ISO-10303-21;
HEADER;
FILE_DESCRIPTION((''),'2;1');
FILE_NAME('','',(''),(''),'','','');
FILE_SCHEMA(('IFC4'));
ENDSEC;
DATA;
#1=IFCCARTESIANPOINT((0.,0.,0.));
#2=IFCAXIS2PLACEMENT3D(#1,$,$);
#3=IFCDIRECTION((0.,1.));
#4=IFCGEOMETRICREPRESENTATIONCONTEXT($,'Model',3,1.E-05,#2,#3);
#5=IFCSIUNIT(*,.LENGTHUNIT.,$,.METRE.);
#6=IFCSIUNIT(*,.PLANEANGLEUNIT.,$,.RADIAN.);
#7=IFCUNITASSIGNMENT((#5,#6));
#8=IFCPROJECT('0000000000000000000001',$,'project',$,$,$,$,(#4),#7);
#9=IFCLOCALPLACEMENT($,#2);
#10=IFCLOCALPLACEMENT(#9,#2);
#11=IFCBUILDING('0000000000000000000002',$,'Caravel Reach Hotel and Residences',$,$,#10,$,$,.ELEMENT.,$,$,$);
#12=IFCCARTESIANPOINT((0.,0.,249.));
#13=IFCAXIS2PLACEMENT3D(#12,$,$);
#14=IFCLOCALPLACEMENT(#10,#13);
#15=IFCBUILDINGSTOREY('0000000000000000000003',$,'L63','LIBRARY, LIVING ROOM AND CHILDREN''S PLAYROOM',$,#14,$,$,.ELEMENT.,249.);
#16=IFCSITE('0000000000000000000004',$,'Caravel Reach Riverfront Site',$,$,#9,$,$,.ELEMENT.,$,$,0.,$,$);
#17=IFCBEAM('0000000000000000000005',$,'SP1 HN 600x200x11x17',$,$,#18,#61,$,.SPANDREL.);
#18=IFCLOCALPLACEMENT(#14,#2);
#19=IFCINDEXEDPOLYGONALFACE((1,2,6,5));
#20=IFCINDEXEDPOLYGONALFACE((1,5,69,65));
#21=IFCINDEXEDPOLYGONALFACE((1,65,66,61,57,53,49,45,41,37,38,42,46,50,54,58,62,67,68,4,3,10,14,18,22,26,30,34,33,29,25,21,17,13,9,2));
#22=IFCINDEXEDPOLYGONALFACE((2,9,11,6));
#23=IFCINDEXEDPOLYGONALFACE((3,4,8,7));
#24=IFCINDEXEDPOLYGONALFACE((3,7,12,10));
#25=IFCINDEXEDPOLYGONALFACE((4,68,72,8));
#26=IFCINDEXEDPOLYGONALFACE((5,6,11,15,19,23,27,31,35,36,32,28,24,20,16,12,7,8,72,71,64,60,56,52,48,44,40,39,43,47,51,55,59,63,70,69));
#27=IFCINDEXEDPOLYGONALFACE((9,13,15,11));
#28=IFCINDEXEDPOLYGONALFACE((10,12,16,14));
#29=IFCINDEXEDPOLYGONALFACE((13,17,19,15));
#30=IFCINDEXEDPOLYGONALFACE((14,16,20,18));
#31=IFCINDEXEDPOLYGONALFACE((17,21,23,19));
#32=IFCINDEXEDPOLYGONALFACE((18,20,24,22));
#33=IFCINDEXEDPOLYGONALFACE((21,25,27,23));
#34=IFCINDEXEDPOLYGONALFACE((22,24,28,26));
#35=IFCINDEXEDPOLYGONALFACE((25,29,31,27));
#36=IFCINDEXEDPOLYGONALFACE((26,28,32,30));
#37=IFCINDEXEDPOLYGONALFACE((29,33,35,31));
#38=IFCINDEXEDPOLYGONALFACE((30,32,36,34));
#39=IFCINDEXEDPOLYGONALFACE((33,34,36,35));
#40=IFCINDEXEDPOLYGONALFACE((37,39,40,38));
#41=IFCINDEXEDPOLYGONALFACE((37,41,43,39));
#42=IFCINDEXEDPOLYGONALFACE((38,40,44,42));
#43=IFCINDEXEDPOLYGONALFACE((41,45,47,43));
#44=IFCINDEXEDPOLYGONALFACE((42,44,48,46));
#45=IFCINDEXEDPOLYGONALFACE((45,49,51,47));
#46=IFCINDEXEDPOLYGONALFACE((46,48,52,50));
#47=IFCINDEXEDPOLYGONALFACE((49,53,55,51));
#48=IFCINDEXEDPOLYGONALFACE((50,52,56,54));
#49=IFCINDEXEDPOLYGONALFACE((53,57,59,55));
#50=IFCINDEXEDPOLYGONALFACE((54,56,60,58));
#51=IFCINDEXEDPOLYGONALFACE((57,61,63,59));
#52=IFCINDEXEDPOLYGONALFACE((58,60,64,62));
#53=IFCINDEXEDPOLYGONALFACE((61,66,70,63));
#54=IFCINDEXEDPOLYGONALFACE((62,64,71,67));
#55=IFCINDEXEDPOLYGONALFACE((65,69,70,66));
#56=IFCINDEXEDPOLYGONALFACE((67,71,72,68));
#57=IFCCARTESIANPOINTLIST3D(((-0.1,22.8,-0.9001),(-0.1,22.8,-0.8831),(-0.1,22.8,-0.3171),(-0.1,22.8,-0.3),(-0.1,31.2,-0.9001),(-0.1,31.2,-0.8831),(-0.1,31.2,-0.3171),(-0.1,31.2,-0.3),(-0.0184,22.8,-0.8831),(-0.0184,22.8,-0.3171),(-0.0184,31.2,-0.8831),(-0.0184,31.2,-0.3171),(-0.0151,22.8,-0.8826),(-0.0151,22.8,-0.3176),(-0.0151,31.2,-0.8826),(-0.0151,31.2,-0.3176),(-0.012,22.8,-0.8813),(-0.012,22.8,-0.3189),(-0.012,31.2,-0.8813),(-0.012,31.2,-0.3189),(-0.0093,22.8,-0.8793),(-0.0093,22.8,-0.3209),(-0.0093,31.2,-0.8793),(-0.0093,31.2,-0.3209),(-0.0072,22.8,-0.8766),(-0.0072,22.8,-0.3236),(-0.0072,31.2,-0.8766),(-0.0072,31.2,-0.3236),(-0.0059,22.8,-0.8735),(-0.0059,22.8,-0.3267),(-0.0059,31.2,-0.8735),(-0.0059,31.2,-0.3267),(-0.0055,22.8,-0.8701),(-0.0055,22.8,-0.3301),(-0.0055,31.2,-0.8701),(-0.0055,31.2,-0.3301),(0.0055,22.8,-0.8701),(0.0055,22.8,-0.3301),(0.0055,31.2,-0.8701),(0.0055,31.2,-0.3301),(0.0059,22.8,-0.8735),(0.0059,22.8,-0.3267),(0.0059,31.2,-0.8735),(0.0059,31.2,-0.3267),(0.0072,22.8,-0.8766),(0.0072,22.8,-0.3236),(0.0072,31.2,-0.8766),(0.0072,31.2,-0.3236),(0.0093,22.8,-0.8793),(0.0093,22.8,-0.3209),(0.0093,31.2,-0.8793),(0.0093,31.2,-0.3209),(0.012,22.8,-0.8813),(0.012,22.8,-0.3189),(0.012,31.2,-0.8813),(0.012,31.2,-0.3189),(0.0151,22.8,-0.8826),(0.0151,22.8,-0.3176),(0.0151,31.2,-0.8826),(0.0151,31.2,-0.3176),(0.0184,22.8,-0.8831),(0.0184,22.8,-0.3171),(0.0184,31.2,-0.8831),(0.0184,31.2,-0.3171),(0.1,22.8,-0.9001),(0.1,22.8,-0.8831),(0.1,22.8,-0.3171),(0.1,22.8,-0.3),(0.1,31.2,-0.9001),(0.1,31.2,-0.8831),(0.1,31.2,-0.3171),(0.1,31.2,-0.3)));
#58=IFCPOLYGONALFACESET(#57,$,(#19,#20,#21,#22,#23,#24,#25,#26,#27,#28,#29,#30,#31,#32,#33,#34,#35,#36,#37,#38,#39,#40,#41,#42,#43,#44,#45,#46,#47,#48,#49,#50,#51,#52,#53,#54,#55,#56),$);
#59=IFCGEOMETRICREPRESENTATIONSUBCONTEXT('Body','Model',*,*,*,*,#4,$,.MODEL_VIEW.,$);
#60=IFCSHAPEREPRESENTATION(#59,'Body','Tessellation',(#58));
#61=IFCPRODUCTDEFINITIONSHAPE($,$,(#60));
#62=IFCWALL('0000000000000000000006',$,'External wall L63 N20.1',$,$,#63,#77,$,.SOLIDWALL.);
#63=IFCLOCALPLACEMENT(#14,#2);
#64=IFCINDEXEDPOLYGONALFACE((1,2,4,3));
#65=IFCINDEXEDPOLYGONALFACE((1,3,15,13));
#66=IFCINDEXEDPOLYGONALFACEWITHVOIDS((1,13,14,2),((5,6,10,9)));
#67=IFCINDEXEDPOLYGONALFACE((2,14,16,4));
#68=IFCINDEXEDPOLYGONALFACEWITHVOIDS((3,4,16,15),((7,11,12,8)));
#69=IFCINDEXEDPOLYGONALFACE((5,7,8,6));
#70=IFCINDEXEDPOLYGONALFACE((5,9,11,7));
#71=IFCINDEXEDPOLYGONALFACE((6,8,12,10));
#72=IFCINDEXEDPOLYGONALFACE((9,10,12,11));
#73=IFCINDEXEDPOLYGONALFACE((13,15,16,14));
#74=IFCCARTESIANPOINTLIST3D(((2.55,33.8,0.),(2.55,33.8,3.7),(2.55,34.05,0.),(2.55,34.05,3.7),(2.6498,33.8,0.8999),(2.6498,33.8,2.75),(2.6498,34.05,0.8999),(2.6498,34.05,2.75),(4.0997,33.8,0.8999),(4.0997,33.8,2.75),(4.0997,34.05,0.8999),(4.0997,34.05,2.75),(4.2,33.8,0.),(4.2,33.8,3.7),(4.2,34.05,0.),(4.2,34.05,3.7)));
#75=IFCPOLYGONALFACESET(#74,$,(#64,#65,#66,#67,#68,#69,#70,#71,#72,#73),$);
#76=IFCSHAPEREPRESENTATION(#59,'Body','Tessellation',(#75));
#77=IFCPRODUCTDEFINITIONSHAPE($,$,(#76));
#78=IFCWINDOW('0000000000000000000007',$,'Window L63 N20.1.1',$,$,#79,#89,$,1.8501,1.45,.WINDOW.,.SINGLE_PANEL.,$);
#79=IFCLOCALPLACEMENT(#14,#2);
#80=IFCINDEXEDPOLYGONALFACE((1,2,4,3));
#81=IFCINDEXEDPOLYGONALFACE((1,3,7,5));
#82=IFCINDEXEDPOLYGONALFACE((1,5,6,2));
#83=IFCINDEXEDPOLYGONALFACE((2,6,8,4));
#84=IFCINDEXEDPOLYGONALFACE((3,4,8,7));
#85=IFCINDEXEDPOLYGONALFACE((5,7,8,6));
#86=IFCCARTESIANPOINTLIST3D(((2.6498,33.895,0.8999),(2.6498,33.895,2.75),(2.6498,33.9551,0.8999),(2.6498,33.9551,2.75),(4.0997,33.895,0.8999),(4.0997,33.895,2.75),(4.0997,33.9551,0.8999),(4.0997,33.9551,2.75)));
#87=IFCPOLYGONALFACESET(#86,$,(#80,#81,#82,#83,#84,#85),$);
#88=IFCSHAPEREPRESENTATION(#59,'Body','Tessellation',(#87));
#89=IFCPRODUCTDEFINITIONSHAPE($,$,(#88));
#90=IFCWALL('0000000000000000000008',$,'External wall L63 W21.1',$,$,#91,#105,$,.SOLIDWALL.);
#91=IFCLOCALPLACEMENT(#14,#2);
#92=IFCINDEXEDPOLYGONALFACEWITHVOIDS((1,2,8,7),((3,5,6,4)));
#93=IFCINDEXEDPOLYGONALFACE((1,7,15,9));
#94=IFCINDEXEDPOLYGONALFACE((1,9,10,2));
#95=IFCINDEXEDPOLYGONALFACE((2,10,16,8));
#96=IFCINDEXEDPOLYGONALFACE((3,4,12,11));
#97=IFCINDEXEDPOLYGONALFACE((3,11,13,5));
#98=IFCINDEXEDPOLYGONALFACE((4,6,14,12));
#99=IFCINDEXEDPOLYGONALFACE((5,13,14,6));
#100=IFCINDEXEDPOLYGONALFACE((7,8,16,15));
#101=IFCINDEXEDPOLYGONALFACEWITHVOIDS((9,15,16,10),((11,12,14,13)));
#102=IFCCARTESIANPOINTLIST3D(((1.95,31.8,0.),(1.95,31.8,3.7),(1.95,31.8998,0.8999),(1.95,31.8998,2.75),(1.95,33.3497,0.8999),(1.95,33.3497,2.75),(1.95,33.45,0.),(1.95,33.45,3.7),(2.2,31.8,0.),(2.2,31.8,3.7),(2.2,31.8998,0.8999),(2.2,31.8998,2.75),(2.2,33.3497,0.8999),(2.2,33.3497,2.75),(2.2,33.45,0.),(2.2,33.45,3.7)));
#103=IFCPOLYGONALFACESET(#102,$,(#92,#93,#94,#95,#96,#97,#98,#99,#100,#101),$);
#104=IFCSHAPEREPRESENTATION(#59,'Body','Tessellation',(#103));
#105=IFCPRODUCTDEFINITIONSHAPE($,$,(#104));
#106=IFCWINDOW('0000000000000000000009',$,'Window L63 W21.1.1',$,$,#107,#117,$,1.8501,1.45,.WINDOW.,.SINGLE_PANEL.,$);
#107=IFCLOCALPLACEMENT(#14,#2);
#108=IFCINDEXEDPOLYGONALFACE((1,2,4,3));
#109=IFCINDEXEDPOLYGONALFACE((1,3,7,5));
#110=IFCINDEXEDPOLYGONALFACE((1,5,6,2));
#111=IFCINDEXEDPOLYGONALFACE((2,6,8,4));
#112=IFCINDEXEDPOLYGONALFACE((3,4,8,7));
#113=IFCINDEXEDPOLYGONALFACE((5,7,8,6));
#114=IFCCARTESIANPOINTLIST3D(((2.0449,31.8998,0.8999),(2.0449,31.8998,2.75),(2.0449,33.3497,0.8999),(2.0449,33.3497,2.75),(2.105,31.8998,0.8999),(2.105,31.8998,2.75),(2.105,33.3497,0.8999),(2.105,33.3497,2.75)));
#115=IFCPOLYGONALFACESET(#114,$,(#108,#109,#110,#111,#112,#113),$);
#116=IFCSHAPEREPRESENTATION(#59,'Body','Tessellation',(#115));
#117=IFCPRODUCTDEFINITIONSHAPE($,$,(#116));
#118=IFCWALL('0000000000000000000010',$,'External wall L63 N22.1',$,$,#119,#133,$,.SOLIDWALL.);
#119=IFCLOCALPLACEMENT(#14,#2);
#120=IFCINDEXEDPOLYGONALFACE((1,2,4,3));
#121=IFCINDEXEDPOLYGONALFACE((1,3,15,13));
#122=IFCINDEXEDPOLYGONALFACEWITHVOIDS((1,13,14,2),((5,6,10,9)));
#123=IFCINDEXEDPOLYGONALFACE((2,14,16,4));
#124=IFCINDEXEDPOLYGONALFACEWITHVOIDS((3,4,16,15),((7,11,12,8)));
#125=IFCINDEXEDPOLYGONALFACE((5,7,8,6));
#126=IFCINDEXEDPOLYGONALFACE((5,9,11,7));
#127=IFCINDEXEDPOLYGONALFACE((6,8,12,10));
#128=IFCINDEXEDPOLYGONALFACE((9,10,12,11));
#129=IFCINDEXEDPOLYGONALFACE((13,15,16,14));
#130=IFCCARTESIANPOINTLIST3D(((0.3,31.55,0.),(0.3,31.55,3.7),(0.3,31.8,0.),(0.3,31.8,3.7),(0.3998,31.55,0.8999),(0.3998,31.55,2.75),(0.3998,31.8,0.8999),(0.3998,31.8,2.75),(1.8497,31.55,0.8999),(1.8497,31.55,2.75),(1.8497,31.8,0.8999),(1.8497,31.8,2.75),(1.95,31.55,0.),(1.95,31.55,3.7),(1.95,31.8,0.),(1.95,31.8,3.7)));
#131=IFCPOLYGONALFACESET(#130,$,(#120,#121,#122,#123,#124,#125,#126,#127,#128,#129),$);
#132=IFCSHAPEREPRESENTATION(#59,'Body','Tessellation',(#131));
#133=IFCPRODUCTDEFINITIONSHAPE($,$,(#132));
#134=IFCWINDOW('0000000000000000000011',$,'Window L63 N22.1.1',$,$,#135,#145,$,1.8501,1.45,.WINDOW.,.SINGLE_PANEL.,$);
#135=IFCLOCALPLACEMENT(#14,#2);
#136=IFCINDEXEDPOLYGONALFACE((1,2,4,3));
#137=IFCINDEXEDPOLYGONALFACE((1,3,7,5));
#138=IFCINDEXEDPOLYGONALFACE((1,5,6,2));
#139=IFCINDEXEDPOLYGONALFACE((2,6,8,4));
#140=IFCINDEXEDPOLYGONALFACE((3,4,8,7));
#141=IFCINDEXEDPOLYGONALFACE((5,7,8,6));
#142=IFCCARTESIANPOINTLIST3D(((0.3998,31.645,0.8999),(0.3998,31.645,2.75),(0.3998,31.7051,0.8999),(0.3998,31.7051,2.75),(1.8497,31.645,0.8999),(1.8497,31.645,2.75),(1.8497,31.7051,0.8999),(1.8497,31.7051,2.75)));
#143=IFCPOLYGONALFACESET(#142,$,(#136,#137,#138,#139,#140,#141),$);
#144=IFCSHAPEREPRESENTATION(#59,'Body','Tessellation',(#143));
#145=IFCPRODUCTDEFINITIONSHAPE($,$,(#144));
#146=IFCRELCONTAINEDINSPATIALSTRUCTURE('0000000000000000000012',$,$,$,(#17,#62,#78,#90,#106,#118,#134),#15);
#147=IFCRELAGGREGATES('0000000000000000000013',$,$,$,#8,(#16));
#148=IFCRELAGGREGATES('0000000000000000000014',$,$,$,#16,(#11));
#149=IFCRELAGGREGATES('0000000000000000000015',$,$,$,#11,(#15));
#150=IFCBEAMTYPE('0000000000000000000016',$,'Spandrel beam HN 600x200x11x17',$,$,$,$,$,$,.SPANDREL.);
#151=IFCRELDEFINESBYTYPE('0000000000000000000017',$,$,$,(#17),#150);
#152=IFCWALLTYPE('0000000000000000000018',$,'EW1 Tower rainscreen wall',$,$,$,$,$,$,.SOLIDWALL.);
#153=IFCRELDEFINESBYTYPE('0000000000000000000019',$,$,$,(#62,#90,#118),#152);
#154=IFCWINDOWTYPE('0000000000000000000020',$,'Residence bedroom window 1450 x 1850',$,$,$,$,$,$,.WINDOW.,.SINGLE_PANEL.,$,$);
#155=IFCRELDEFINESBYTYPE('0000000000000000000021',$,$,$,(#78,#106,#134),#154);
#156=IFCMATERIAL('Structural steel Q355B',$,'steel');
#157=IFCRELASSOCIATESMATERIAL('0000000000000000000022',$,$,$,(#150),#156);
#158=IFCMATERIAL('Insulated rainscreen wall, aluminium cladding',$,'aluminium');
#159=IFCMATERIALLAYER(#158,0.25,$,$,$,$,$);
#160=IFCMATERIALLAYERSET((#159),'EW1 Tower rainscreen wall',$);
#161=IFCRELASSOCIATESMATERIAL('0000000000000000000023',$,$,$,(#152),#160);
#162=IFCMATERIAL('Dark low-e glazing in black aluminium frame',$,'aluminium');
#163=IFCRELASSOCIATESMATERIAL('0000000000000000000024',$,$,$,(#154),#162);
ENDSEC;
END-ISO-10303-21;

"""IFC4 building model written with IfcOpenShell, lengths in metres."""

from ifc_helpers import new_model, si_unit, direction, frame, frame_2d, origin, origin_2d, place, context, subcontext, project, spatial, rectangle, i_section, extrude, material, layer, layer_set, material_profile, profile_set, type_object, element, fill, save


model = new_model("IFC4")

# Units and contexts
model_context = context("Model", 3, precision=1e-05, world=origin(), true_north=direction((0.0, 1.0)))
body_context = subcontext(model_context, "Body", "Model", "MODEL_VIEW")
ifc_project = project(units=[si_unit("LENGTHUNIT", "METRE"), si_unit("PLANEANGLEUNIT", "RADIAN")], contexts=[model_context])

# Site, building, storey
site_placement = place(None, origin())
site = spatial("IfcSite", under=ifc_project, at=site_placement, Name="Caravel Reach Riverfront Site", CompositionType="ELEMENT", RefElevation=0.0)
building_placement = place(site_placement, origin())
building = spatial("IfcBuilding", under=site, at=building_placement, Name="Caravel Reach Hotel and Residences", CompositionType="ELEMENT")
storey_placement = place(building_placement, frame((0.0, 0.0, 249.0)))
storey = spatial("IfcBuildingStorey", under=building, at=storey_placement, Name="L63", Description="LIBRARY, LIVING ROOM AND CHILDREN'S PLAYROOM", CompositionType="ELEMENT", Elevation=249.0)

# Beam
ifc_material_1 = material(Name="Structural steel Q355B", Category="steel")
ifc_material_profile_1 = material_profile(ifc_material_1, i_section(OverallWidth=0.2, OverallDepth=0.6001, WebThickness=0.011, FlangeThickness=0.0171, FilletRadius=0.0129, at=origin_2d()), Name="HN 600x200x11x17")
ifc_profile_set_1 = profile_set([ifc_material_profile_1], Name="Structural steel Q355B")
beam_type = type_object("IfcBeamType", Name="Spandrel beam HN 600x200x11x17", PredefinedType="SPANDREL", material=ifc_profile_set_1)
beam_placement = place(storey_placement, frame((0.0, 31.2, -0.6001), z_axis=(0.0, -1.0, 0.0), x_axis=(1.0, 0.0, 0.0)))
element("IfcBeam", 1, at=beam_placement, inside=storey, type_object=beam_type, Name="SP1 HN 600x200x11x17", PredefinedType="SPANDREL", context=body_context, shape_type="SweptSolid", body=[
    extrude(i_section(OverallWidth=0.2, OverallDepth=0.6001, WebThickness=0.011, FlangeThickness=0.0171, FilletRadius=0.0129, at=origin_2d()), origin(), (0.0, 0.0, 1.0), 8.3999),
])

# Walls, openings, windows
ifc_material_2 = material(Name="Insulated rainscreen wall, aluminium cladding", Category="aluminium")
ifc_layer = layer(ifc_material_2, 0.25)
ifc_layer_set = layer_set([ifc_layer], Name="EW1 Tower rainscreen wall")
wall_type = type_object("IfcWallType", Name="EW1 Tower rainscreen wall", PredefinedType="SOLIDWALL", material=ifc_layer_set)
wall_1_placement = place(storey_placement, frame((4.2, 33.925, 0.0), z_axis=(0.0, 0.0, 1.0), x_axis=(-1.0, 0.0, 0.0)))
wall_1 = element("IfcWall", 2, at=wall_1_placement, inside=storey, type_object=wall_type, Name="External wall L63 N20.1", PredefinedType="SOLIDWALL", context=body_context, shape_type="SweptSolid", body=[
    extrude(rectangle(XDim=1.6499, YDim=0.25, at=frame_2d((0.825, 0.0))), origin(), (0.0, 0.0, 1.0), 3.7),
])
opening_1_placement = place(wall_1_placement, frame((0.1001, 0.0, 0.8999)))
opening_1 = element("IfcOpeningElement", 3, at=opening_1_placement, cuts=wall_1, PredefinedType="OPENING", context=body_context, shape_type="SweptSolid", body=[
    extrude(rectangle(XDim=1.45, YDim=1.8501, at=frame_2d((0.7251, 0.925))), frame((0.0, 0.135, 0.0), z_axis=(0.0, -1.0, 0.0), x_axis=(1.0, 0.0, 0.0)), (0.0, 0.0, 1.0), 0.27),
])
ifc_material_3 = material(Name="Dark low-e glazing in black aluminium frame", Category="aluminium")
window_type_1 = type_object("IfcWindowType", Name="Residence bedroom window 1450 x 1850", PartitioningType="SINGLE_PANEL", PredefinedType="WINDOW", material=ifc_material_3)
window_1_placement = place(opening_1_placement, origin())
window_1 = element("IfcWindow", 4, at=window_1_placement, inside=storey, type_object=window_type_1, Name="Window L63 N20.1.1", OverallHeight=1.8501, OverallWidth=1.45, PartitioningType="SINGLE_PANEL", PredefinedType="WINDOW", context=body_context, shape_type="SweptSolid", body=[
    extrude(rectangle(XDim=1.45, YDim=1.8501, at=frame_2d((0.7251, 0.925))), frame((0.0, 0.03, 0.0), z_axis=(0.0, -1.0, 0.0), x_axis=(1.0, 0.0, 0.0)), (0.0, 0.0, 1.0), 0.0601),
])
fill(opening_1, window_1)
wall_2_placement = place(storey_placement, frame((2.075, 33.45, 0.0), z_axis=(0.0, 0.0, 1.0), x_axis=(0.0, -1.0, 0.0)))
wall_2 = element("IfcWall", 5, at=wall_2_placement, inside=storey, type_object=wall_type, Name="External wall L63 W21.1", PredefinedType="SOLIDWALL", context=body_context, shape_type="SweptSolid", body=[
    extrude(rectangle(XDim=1.6499, YDim=0.25, at=frame_2d((0.825, 0.0))), origin(), (0.0, 0.0, 1.0), 3.7),
])
opening_2_placement = place(wall_2_placement, frame((0.1001, 0.0, 0.8999)))
opening_2 = element("IfcOpeningElement", 6, at=opening_2_placement, cuts=wall_2, PredefinedType="OPENING", context=body_context, shape_type="SweptSolid", body=[
    extrude(rectangle(XDim=1.45, YDim=1.8501, at=frame_2d((0.7251, 0.925))), frame((0.0, 0.135, 0.0), z_axis=(0.0, -1.0, 0.0), x_axis=(1.0, 0.0, 0.0)), (0.0, 0.0, 1.0), 0.27),
])
window_2_placement = place(opening_2_placement, origin())
window_2 = element("IfcWindow", 7, at=window_2_placement, inside=storey, type_object=window_type_1, Name="Window L63 W21.1.1", OverallHeight=1.8501, OverallWidth=1.45, PartitioningType="SINGLE_PANEL", PredefinedType="WINDOW", context=body_context, shape_type="SweptSolid", body=[
    extrude(rectangle(XDim=1.45, YDim=1.8501, at=frame_2d((0.7251, 0.925))), frame((0.0, 0.03, 0.0), z_axis=(0.0, -1.0, 0.0), x_axis=(1.0, 0.0, 0.0)), (0.0, 0.0, 1.0), 0.0601),
])
fill(opening_2, window_2)
wall_3_placement = place(storey_placement, frame((1.95, 31.675, 0.0), z_axis=(0.0, 0.0, 1.0), x_axis=(-1.0, 0.0, 0.0)))
wall_3 = element("IfcWall", 8, at=wall_3_placement, inside=storey, type_object=wall_type, Name="External wall L63 N22.1", PredefinedType="SOLIDWALL", context=body_context, shape_type="SweptSolid", body=[
    extrude(rectangle(XDim=1.6499, YDim=0.25, at=frame_2d((0.825, 0.0))), origin(), (0.0, 0.0, 1.0), 3.7),
])
opening_3_placement = place(wall_3_placement, frame((0.1001, 0.0, 0.8999)))
opening_3 = element("IfcOpeningElement", 9, at=opening_3_placement, cuts=wall_3, PredefinedType="OPENING", context=body_context, shape_type="SweptSolid", body=[
    extrude(rectangle(XDim=1.45, YDim=1.8501, at=frame_2d((0.7251, 0.925))), frame((0.0, 0.135, 0.0), z_axis=(0.0, -1.0, 0.0), x_axis=(1.0, 0.0, 0.0)), (0.0, 0.0, 1.0), 0.27),
])
window_3_placement = place(opening_3_placement, origin())
window_3 = element("IfcWindow", 10, at=window_3_placement, inside=storey, type_object=window_type_1, Name="Window L63 N22.1.1", OverallHeight=1.8501, OverallWidth=1.45, PartitioningType="SINGLE_PANEL", PredefinedType="WINDOW", context=body_context, shape_type="SweptSolid", body=[
    extrude(rectangle(XDim=1.45, YDim=1.8501, at=frame_2d((0.7251, 0.925))), frame((0.0, 0.03, 0.0), z_axis=(0.0, -1.0, 0.0), x_axis=(1.0, 0.0, 0.0)), (0.0, 0.0, 1.0), 0.0601),
])
fill(opening_3, window_3)

save(model, "model.ifc")
